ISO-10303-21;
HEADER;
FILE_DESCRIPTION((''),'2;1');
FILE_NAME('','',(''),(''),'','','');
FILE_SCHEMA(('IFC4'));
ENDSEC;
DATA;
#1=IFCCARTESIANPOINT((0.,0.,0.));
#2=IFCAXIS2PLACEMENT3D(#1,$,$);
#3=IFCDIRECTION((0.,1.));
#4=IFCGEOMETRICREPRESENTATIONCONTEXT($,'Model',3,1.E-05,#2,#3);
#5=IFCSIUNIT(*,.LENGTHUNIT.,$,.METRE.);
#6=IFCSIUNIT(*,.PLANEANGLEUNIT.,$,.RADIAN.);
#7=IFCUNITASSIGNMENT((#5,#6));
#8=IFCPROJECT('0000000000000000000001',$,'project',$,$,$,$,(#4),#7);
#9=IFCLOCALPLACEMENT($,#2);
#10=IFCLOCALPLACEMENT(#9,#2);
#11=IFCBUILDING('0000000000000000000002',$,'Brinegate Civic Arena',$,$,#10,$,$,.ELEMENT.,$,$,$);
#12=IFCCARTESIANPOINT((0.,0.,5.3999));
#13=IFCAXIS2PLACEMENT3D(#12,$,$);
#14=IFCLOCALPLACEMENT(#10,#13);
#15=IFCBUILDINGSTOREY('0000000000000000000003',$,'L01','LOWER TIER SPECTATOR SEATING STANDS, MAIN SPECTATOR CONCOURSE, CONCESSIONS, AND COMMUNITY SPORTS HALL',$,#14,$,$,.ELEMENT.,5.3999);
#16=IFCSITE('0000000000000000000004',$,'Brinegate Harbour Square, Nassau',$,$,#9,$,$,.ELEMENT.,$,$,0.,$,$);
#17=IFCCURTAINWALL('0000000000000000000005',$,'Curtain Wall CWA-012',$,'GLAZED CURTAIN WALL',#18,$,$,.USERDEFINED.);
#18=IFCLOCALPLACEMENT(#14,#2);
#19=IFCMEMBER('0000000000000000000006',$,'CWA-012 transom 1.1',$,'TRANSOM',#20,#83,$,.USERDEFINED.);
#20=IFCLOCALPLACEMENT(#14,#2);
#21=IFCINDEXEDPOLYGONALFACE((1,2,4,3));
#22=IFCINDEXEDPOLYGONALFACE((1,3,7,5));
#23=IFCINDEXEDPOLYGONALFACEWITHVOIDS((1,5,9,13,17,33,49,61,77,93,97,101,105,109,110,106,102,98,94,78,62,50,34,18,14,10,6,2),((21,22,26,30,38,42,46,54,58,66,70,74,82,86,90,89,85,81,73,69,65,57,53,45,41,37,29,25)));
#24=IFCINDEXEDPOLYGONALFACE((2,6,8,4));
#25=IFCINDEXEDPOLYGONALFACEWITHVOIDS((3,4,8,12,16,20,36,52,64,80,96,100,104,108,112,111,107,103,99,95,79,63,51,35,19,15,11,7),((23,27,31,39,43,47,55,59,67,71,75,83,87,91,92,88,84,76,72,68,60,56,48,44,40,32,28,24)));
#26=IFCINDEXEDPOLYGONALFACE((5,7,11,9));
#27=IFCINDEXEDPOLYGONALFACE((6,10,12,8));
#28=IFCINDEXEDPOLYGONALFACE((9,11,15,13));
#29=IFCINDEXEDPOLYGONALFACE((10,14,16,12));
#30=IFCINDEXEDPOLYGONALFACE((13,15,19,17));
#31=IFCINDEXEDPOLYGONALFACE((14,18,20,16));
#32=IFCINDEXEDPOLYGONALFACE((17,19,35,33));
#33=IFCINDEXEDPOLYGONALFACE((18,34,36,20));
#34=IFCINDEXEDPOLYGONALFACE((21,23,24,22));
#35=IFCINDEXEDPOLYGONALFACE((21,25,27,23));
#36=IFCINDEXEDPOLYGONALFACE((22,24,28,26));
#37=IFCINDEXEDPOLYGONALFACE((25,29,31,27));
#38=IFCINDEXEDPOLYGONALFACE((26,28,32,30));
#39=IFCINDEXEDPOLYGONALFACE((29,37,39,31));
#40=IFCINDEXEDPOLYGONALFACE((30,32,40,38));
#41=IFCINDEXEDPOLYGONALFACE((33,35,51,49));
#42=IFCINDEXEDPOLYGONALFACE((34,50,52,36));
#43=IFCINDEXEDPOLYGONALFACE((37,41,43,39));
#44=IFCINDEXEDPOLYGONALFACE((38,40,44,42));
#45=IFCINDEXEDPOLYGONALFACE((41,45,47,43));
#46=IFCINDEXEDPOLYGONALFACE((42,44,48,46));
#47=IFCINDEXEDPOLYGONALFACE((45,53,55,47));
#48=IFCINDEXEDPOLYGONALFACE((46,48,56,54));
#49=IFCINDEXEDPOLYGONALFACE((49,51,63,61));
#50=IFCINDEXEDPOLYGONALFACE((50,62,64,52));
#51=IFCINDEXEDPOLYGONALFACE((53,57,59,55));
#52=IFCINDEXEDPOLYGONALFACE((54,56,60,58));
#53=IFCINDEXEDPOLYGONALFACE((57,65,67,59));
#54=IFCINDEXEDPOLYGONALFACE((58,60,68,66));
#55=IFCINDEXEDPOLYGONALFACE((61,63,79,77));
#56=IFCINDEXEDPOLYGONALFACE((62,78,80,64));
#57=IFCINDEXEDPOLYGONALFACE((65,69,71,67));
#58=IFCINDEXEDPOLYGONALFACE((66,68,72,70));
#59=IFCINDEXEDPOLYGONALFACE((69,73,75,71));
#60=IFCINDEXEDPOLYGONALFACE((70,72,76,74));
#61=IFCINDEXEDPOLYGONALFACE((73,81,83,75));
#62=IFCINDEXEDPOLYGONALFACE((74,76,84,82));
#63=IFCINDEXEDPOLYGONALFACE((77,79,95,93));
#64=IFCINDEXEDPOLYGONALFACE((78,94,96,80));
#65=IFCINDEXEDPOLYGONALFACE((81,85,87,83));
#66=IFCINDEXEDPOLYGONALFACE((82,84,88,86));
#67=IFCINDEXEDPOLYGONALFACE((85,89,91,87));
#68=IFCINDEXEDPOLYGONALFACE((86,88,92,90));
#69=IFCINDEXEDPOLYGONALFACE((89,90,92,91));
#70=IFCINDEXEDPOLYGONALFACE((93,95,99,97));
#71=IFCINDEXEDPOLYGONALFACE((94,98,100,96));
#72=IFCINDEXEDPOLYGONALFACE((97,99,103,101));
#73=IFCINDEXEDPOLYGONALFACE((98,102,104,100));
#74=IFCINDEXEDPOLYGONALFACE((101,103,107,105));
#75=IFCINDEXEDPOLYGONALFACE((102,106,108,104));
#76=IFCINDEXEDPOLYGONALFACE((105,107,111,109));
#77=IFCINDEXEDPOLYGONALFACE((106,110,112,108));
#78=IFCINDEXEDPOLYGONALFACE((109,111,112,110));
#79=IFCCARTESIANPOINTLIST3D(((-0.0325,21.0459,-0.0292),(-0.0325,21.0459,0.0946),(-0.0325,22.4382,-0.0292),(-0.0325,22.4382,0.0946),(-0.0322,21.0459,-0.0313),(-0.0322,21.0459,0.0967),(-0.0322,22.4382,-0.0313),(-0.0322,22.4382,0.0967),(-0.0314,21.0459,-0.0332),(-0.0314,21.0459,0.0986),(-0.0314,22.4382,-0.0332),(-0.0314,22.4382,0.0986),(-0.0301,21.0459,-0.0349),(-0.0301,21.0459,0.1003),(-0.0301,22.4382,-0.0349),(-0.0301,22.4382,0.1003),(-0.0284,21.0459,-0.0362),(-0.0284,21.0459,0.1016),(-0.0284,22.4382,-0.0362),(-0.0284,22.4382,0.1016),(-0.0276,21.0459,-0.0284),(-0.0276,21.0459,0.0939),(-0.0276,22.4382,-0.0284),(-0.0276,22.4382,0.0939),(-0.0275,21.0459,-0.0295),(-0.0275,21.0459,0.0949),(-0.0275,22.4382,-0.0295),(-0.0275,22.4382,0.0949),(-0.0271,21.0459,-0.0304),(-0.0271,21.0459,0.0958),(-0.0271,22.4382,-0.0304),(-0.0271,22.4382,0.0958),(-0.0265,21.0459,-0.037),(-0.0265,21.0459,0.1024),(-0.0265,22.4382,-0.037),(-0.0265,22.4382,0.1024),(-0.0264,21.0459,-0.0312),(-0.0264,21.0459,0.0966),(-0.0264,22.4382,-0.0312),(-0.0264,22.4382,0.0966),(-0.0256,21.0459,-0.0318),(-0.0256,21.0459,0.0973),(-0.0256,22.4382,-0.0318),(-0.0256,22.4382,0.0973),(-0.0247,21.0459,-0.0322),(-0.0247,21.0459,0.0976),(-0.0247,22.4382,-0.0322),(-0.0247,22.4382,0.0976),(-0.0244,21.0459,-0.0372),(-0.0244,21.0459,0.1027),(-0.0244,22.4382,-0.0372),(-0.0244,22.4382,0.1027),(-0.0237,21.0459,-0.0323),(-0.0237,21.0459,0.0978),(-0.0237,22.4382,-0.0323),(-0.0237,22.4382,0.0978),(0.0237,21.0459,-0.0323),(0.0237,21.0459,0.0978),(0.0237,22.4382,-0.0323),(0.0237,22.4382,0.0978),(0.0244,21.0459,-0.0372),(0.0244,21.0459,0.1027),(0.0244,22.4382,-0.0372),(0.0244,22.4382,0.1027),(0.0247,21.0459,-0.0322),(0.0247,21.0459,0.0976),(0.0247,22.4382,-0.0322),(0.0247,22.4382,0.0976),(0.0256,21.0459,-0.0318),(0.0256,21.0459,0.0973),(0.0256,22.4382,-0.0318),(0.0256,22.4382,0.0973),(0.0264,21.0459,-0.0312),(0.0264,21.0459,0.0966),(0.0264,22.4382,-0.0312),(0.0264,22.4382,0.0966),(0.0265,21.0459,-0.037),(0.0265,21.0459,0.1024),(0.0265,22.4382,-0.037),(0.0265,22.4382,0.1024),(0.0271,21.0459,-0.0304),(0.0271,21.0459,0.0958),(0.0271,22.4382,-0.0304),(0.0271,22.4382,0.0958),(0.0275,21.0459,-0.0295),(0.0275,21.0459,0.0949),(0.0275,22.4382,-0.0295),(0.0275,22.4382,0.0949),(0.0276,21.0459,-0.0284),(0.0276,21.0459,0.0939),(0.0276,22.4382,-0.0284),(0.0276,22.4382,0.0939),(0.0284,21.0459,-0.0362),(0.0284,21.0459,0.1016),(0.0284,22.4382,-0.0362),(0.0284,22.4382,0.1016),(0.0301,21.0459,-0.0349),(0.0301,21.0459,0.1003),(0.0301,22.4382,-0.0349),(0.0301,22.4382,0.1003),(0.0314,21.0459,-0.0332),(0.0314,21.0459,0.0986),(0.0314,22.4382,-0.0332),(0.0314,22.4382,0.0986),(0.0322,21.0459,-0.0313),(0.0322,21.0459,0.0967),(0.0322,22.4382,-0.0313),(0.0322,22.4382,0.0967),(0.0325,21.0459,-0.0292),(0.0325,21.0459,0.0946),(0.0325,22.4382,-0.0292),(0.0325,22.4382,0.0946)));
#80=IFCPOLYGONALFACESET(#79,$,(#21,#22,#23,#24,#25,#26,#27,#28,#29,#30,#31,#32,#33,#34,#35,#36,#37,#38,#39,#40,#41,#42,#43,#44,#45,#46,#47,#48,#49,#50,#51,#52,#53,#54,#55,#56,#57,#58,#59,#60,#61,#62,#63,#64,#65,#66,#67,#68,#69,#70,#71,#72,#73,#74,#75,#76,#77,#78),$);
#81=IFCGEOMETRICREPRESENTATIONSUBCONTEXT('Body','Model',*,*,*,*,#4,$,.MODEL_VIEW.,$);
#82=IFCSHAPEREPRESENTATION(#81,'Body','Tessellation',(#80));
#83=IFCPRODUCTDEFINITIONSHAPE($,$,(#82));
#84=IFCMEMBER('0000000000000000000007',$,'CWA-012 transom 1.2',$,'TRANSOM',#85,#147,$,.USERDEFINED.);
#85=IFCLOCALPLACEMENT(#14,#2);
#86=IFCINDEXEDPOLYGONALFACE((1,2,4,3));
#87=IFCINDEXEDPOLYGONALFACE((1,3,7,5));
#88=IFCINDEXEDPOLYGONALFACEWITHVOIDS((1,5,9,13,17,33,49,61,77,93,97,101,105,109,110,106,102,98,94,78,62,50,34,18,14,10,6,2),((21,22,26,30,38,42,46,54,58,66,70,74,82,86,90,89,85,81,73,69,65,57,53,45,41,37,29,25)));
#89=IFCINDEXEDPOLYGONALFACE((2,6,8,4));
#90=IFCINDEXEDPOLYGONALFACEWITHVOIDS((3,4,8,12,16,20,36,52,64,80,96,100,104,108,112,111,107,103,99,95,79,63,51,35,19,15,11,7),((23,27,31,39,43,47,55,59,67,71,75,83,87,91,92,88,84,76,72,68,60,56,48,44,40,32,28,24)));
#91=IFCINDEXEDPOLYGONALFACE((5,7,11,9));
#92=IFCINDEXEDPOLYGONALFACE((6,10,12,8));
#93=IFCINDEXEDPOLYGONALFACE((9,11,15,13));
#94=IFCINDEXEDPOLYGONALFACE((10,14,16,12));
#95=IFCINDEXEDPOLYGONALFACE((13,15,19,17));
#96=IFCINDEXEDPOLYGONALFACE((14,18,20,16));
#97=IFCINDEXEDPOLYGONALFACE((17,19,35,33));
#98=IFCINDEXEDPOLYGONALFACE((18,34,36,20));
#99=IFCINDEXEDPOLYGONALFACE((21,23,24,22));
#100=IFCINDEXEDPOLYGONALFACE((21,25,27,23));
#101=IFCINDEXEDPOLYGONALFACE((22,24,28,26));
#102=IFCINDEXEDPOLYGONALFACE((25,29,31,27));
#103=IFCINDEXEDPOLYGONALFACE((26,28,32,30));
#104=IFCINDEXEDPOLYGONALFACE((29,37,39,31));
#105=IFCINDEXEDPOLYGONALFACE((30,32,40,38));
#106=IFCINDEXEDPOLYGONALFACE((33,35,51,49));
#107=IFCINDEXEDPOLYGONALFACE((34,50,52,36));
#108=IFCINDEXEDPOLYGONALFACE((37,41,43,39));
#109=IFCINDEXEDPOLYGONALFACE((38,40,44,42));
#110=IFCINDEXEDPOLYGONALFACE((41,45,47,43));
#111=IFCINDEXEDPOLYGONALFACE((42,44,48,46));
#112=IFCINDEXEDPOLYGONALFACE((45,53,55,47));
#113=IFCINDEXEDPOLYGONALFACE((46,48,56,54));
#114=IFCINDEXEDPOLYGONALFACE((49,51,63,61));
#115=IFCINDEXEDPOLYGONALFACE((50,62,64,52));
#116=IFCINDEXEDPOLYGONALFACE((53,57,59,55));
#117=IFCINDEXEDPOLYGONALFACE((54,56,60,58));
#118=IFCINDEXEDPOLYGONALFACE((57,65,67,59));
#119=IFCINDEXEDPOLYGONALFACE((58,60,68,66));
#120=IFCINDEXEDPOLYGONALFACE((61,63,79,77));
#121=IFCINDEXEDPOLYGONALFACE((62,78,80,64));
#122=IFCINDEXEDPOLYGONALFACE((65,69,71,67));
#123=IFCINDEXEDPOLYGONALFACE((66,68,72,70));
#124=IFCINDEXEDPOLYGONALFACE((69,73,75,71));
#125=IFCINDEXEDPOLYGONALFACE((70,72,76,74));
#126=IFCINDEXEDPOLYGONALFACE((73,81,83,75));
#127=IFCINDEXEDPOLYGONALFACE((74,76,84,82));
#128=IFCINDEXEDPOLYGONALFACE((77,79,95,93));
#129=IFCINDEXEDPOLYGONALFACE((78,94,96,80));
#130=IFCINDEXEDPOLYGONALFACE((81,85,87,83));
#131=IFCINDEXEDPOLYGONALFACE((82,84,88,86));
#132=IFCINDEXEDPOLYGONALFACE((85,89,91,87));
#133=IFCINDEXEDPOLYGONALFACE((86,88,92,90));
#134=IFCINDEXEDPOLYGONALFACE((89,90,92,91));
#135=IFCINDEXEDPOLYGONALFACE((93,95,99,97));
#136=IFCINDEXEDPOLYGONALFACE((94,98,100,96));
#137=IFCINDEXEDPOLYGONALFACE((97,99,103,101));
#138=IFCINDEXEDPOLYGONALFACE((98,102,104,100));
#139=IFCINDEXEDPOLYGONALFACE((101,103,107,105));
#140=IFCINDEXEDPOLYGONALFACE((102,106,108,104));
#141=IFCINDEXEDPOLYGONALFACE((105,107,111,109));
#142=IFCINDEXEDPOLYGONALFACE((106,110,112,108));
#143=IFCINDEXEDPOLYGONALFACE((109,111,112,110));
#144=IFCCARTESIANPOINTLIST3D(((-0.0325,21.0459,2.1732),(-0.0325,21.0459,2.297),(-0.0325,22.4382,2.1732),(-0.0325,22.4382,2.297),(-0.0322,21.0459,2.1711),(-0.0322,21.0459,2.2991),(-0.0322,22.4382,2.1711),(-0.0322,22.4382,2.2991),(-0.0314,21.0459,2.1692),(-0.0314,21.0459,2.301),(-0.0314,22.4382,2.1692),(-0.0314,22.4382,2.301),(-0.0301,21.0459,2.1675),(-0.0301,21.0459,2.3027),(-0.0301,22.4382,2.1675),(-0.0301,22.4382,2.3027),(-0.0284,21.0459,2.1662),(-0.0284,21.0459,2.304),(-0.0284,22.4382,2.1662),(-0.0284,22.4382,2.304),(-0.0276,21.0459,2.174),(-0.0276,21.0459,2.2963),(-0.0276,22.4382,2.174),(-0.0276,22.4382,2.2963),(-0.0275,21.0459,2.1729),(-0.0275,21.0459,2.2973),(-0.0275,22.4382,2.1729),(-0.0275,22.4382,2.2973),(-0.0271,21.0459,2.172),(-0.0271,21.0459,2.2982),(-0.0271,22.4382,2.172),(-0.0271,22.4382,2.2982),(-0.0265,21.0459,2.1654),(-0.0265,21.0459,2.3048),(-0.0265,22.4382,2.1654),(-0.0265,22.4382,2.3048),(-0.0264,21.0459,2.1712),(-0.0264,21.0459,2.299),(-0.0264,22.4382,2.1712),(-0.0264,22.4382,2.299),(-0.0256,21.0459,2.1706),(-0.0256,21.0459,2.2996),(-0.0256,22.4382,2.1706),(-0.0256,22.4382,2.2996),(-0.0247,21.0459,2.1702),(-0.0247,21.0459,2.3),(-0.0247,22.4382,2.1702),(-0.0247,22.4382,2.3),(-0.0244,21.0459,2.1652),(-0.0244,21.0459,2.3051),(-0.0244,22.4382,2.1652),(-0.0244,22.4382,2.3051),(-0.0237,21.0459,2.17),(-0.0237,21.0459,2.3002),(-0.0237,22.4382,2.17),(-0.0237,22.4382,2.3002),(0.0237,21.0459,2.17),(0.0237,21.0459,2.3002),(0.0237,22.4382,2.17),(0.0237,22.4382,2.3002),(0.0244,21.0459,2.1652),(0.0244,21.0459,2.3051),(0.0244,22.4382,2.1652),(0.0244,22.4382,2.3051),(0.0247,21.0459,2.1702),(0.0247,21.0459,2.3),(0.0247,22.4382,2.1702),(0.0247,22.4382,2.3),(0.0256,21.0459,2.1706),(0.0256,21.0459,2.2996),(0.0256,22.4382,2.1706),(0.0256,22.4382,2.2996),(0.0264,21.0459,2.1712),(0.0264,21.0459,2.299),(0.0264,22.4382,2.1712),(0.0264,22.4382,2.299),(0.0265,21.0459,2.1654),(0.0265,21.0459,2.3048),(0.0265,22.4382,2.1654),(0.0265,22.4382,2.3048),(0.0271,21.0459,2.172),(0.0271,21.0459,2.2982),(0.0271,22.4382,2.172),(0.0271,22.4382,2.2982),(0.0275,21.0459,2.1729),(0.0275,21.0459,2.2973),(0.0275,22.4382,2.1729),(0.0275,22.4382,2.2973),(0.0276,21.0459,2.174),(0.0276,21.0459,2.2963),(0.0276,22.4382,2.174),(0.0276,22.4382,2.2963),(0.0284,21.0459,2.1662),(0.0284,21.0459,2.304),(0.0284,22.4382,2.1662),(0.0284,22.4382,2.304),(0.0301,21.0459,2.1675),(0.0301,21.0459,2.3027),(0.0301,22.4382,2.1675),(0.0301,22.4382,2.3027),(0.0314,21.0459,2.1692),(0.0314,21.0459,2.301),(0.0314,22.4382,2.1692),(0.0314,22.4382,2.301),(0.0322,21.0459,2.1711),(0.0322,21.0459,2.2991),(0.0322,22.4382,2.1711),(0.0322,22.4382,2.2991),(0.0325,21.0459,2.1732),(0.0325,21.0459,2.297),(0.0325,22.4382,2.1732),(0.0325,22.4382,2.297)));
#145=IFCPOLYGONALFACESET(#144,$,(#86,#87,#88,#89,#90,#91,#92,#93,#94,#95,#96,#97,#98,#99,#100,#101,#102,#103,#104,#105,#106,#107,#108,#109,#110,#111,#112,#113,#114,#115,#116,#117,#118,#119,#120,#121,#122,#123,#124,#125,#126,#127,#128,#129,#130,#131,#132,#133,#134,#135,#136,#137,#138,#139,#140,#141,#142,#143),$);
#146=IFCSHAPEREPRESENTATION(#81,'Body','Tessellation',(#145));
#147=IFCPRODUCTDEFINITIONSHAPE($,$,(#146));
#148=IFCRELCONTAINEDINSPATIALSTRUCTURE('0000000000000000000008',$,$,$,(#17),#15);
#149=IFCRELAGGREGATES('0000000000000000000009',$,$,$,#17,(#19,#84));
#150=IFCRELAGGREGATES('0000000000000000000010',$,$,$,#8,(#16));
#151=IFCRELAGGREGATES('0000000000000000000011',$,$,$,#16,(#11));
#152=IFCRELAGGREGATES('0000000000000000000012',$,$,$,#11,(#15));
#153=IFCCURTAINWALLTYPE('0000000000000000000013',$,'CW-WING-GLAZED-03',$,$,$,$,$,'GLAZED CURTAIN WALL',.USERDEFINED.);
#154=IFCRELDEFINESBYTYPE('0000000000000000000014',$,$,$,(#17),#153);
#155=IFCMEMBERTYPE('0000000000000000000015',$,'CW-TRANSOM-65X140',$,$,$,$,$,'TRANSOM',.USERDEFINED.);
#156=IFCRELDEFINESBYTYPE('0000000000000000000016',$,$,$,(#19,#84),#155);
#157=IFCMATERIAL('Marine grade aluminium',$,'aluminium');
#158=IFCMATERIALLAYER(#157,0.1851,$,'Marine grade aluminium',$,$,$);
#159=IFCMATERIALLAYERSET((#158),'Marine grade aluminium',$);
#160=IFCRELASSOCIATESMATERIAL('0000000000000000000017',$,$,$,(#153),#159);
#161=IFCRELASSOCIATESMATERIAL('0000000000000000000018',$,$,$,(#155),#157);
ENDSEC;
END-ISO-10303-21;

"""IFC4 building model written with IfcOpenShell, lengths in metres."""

from ifc_helpers import new_model, si_unit, direction, frame, origin, origin_2d, place, context, subcontext, project, spatial, hollow_rectangle, extrude, material, layer, layer_set, material_profile, profile_set, type_object, element, aggregate, save


model = new_model("IFC4")

# Units and contexts
model_context = context("Model", 3, precision=1e-05, world=origin(), true_north=direction((0.0, 1.0)))
body_context = subcontext(model_context, "Body", "Model", "MODEL_VIEW")
ifc_project = project(units=[si_unit("LENGTHUNIT", "METRE"), si_unit("PLANEANGLEUNIT", "RADIAN")], contexts=[model_context])

# Site, building, storey
site_placement = place(None, origin())
site = spatial("IfcSite", under=ifc_project, at=site_placement, Name="Brinegate Harbour Square, Nassau", CompositionType="ELEMENT", RefElevation=0.0)
building_placement = place(site_placement, origin())
building = spatial("IfcBuilding", under=site, at=building_placement, Name="Brinegate Civic Arena", CompositionType="ELEMENT")
storey_placement = place(building_placement, frame((0.0, 0.0, 5.3999)))
storey = spatial("IfcBuildingStorey", under=building, at=storey_placement, Name="L01", Description="LOWER TIER SPECTATOR SEATING STANDS, MAIN SPECTATOR CONCOURSE, CONCESSIONS, AND COMMUNITY SPORTS HALL", CompositionType="ELEMENT", Elevation=5.3999)

# Curtain wall, members
ifc_material_1 = material(Name="Marine grade aluminium", Category="aluminium")
ifc_layer_1 = layer(ifc_material_1, 0.1851, Name="Marine grade aluminium")
ifc_layer_set_1 = layer_set([ifc_layer_1], Name="Marine grade aluminium")
curtain_wall_type = type_object("IfcCurtainWallType", Name="CW-WING-GLAZED-03", ElementType="GLAZED CURTAIN WALL", PredefinedType="USERDEFINED", material=ifc_layer_set_1)
curtain_wall_placement = place(storey_placement, origin())
curtain_wall = element("IfcCurtainWall", 1, at=curtain_wall_placement, inside=storey, type_object=curtain_wall_type, Name="Curtain Wall CWA-012", ObjectType="GLAZED CURTAIN WALL", PredefinedType="USERDEFINED")
ifc_material_profile_1 = material_profile(ifc_material_1, hollow_rectangle(XDim=0.0649, YDim=0.1399, WallThickness=0.0049, InnerFilletRadius=0.0039, OuterFilletRadius=0.0081, at=origin_2d()), Name="TRN65X140")
ifc_profile_set_1 = profile_set([ifc_material_profile_1], Name="Marine grade aluminium")
member_type_1 = type_object("IfcMemberType", Name="CW-TRANSOM-65X140", ElementType="TRANSOM", PredefinedType="USERDEFINED", material=ifc_profile_set_1)
member_1_placement = place(storey_placement, frame((0.0, 21.0459, 0.0327), z_axis=(0.0, 1.0, 0.0), x_axis=(-1.0, 0.0, 0.0)))
member_1 = element("IfcMember", 2, at=member_1_placement, type_object=member_type_1, Name="CWA-012 transom 1.1", ObjectType="TRANSOM", PredefinedType="USERDEFINED", context=body_context, shape_type="SweptSolid", body=[
    extrude(hollow_rectangle(XDim=0.0649, YDim=0.1399, WallThickness=0.0049, InnerFilletRadius=0.0039, OuterFilletRadius=0.0081, at=origin_2d()), origin(), (0.0, 0.0, 1.0), 1.3923),
])
member_2_placement = place(storey_placement, frame((0.0, 21.0459, 2.2351), z_axis=(0.0, 1.0, 0.0), x_axis=(-1.0, 0.0, 0.0)))
member_2 = element("IfcMember", 3, at=member_2_placement, type_object=member_type_1, Name="CWA-012 transom 1.2", ObjectType="TRANSOM", PredefinedType="USERDEFINED", context=body_context, shape_type="SweptSolid", body=[
    extrude(hollow_rectangle(XDim=0.0649, YDim=0.1399, WallThickness=0.0049, InnerFilletRadius=0.0039, OuterFilletRadius=0.0081, at=origin_2d()), origin(), (0.0, 0.0, 1.0), 1.3923),
])
aggregate(curtain_wall, [member_1, member_2])

save(model, "model.ifc")
